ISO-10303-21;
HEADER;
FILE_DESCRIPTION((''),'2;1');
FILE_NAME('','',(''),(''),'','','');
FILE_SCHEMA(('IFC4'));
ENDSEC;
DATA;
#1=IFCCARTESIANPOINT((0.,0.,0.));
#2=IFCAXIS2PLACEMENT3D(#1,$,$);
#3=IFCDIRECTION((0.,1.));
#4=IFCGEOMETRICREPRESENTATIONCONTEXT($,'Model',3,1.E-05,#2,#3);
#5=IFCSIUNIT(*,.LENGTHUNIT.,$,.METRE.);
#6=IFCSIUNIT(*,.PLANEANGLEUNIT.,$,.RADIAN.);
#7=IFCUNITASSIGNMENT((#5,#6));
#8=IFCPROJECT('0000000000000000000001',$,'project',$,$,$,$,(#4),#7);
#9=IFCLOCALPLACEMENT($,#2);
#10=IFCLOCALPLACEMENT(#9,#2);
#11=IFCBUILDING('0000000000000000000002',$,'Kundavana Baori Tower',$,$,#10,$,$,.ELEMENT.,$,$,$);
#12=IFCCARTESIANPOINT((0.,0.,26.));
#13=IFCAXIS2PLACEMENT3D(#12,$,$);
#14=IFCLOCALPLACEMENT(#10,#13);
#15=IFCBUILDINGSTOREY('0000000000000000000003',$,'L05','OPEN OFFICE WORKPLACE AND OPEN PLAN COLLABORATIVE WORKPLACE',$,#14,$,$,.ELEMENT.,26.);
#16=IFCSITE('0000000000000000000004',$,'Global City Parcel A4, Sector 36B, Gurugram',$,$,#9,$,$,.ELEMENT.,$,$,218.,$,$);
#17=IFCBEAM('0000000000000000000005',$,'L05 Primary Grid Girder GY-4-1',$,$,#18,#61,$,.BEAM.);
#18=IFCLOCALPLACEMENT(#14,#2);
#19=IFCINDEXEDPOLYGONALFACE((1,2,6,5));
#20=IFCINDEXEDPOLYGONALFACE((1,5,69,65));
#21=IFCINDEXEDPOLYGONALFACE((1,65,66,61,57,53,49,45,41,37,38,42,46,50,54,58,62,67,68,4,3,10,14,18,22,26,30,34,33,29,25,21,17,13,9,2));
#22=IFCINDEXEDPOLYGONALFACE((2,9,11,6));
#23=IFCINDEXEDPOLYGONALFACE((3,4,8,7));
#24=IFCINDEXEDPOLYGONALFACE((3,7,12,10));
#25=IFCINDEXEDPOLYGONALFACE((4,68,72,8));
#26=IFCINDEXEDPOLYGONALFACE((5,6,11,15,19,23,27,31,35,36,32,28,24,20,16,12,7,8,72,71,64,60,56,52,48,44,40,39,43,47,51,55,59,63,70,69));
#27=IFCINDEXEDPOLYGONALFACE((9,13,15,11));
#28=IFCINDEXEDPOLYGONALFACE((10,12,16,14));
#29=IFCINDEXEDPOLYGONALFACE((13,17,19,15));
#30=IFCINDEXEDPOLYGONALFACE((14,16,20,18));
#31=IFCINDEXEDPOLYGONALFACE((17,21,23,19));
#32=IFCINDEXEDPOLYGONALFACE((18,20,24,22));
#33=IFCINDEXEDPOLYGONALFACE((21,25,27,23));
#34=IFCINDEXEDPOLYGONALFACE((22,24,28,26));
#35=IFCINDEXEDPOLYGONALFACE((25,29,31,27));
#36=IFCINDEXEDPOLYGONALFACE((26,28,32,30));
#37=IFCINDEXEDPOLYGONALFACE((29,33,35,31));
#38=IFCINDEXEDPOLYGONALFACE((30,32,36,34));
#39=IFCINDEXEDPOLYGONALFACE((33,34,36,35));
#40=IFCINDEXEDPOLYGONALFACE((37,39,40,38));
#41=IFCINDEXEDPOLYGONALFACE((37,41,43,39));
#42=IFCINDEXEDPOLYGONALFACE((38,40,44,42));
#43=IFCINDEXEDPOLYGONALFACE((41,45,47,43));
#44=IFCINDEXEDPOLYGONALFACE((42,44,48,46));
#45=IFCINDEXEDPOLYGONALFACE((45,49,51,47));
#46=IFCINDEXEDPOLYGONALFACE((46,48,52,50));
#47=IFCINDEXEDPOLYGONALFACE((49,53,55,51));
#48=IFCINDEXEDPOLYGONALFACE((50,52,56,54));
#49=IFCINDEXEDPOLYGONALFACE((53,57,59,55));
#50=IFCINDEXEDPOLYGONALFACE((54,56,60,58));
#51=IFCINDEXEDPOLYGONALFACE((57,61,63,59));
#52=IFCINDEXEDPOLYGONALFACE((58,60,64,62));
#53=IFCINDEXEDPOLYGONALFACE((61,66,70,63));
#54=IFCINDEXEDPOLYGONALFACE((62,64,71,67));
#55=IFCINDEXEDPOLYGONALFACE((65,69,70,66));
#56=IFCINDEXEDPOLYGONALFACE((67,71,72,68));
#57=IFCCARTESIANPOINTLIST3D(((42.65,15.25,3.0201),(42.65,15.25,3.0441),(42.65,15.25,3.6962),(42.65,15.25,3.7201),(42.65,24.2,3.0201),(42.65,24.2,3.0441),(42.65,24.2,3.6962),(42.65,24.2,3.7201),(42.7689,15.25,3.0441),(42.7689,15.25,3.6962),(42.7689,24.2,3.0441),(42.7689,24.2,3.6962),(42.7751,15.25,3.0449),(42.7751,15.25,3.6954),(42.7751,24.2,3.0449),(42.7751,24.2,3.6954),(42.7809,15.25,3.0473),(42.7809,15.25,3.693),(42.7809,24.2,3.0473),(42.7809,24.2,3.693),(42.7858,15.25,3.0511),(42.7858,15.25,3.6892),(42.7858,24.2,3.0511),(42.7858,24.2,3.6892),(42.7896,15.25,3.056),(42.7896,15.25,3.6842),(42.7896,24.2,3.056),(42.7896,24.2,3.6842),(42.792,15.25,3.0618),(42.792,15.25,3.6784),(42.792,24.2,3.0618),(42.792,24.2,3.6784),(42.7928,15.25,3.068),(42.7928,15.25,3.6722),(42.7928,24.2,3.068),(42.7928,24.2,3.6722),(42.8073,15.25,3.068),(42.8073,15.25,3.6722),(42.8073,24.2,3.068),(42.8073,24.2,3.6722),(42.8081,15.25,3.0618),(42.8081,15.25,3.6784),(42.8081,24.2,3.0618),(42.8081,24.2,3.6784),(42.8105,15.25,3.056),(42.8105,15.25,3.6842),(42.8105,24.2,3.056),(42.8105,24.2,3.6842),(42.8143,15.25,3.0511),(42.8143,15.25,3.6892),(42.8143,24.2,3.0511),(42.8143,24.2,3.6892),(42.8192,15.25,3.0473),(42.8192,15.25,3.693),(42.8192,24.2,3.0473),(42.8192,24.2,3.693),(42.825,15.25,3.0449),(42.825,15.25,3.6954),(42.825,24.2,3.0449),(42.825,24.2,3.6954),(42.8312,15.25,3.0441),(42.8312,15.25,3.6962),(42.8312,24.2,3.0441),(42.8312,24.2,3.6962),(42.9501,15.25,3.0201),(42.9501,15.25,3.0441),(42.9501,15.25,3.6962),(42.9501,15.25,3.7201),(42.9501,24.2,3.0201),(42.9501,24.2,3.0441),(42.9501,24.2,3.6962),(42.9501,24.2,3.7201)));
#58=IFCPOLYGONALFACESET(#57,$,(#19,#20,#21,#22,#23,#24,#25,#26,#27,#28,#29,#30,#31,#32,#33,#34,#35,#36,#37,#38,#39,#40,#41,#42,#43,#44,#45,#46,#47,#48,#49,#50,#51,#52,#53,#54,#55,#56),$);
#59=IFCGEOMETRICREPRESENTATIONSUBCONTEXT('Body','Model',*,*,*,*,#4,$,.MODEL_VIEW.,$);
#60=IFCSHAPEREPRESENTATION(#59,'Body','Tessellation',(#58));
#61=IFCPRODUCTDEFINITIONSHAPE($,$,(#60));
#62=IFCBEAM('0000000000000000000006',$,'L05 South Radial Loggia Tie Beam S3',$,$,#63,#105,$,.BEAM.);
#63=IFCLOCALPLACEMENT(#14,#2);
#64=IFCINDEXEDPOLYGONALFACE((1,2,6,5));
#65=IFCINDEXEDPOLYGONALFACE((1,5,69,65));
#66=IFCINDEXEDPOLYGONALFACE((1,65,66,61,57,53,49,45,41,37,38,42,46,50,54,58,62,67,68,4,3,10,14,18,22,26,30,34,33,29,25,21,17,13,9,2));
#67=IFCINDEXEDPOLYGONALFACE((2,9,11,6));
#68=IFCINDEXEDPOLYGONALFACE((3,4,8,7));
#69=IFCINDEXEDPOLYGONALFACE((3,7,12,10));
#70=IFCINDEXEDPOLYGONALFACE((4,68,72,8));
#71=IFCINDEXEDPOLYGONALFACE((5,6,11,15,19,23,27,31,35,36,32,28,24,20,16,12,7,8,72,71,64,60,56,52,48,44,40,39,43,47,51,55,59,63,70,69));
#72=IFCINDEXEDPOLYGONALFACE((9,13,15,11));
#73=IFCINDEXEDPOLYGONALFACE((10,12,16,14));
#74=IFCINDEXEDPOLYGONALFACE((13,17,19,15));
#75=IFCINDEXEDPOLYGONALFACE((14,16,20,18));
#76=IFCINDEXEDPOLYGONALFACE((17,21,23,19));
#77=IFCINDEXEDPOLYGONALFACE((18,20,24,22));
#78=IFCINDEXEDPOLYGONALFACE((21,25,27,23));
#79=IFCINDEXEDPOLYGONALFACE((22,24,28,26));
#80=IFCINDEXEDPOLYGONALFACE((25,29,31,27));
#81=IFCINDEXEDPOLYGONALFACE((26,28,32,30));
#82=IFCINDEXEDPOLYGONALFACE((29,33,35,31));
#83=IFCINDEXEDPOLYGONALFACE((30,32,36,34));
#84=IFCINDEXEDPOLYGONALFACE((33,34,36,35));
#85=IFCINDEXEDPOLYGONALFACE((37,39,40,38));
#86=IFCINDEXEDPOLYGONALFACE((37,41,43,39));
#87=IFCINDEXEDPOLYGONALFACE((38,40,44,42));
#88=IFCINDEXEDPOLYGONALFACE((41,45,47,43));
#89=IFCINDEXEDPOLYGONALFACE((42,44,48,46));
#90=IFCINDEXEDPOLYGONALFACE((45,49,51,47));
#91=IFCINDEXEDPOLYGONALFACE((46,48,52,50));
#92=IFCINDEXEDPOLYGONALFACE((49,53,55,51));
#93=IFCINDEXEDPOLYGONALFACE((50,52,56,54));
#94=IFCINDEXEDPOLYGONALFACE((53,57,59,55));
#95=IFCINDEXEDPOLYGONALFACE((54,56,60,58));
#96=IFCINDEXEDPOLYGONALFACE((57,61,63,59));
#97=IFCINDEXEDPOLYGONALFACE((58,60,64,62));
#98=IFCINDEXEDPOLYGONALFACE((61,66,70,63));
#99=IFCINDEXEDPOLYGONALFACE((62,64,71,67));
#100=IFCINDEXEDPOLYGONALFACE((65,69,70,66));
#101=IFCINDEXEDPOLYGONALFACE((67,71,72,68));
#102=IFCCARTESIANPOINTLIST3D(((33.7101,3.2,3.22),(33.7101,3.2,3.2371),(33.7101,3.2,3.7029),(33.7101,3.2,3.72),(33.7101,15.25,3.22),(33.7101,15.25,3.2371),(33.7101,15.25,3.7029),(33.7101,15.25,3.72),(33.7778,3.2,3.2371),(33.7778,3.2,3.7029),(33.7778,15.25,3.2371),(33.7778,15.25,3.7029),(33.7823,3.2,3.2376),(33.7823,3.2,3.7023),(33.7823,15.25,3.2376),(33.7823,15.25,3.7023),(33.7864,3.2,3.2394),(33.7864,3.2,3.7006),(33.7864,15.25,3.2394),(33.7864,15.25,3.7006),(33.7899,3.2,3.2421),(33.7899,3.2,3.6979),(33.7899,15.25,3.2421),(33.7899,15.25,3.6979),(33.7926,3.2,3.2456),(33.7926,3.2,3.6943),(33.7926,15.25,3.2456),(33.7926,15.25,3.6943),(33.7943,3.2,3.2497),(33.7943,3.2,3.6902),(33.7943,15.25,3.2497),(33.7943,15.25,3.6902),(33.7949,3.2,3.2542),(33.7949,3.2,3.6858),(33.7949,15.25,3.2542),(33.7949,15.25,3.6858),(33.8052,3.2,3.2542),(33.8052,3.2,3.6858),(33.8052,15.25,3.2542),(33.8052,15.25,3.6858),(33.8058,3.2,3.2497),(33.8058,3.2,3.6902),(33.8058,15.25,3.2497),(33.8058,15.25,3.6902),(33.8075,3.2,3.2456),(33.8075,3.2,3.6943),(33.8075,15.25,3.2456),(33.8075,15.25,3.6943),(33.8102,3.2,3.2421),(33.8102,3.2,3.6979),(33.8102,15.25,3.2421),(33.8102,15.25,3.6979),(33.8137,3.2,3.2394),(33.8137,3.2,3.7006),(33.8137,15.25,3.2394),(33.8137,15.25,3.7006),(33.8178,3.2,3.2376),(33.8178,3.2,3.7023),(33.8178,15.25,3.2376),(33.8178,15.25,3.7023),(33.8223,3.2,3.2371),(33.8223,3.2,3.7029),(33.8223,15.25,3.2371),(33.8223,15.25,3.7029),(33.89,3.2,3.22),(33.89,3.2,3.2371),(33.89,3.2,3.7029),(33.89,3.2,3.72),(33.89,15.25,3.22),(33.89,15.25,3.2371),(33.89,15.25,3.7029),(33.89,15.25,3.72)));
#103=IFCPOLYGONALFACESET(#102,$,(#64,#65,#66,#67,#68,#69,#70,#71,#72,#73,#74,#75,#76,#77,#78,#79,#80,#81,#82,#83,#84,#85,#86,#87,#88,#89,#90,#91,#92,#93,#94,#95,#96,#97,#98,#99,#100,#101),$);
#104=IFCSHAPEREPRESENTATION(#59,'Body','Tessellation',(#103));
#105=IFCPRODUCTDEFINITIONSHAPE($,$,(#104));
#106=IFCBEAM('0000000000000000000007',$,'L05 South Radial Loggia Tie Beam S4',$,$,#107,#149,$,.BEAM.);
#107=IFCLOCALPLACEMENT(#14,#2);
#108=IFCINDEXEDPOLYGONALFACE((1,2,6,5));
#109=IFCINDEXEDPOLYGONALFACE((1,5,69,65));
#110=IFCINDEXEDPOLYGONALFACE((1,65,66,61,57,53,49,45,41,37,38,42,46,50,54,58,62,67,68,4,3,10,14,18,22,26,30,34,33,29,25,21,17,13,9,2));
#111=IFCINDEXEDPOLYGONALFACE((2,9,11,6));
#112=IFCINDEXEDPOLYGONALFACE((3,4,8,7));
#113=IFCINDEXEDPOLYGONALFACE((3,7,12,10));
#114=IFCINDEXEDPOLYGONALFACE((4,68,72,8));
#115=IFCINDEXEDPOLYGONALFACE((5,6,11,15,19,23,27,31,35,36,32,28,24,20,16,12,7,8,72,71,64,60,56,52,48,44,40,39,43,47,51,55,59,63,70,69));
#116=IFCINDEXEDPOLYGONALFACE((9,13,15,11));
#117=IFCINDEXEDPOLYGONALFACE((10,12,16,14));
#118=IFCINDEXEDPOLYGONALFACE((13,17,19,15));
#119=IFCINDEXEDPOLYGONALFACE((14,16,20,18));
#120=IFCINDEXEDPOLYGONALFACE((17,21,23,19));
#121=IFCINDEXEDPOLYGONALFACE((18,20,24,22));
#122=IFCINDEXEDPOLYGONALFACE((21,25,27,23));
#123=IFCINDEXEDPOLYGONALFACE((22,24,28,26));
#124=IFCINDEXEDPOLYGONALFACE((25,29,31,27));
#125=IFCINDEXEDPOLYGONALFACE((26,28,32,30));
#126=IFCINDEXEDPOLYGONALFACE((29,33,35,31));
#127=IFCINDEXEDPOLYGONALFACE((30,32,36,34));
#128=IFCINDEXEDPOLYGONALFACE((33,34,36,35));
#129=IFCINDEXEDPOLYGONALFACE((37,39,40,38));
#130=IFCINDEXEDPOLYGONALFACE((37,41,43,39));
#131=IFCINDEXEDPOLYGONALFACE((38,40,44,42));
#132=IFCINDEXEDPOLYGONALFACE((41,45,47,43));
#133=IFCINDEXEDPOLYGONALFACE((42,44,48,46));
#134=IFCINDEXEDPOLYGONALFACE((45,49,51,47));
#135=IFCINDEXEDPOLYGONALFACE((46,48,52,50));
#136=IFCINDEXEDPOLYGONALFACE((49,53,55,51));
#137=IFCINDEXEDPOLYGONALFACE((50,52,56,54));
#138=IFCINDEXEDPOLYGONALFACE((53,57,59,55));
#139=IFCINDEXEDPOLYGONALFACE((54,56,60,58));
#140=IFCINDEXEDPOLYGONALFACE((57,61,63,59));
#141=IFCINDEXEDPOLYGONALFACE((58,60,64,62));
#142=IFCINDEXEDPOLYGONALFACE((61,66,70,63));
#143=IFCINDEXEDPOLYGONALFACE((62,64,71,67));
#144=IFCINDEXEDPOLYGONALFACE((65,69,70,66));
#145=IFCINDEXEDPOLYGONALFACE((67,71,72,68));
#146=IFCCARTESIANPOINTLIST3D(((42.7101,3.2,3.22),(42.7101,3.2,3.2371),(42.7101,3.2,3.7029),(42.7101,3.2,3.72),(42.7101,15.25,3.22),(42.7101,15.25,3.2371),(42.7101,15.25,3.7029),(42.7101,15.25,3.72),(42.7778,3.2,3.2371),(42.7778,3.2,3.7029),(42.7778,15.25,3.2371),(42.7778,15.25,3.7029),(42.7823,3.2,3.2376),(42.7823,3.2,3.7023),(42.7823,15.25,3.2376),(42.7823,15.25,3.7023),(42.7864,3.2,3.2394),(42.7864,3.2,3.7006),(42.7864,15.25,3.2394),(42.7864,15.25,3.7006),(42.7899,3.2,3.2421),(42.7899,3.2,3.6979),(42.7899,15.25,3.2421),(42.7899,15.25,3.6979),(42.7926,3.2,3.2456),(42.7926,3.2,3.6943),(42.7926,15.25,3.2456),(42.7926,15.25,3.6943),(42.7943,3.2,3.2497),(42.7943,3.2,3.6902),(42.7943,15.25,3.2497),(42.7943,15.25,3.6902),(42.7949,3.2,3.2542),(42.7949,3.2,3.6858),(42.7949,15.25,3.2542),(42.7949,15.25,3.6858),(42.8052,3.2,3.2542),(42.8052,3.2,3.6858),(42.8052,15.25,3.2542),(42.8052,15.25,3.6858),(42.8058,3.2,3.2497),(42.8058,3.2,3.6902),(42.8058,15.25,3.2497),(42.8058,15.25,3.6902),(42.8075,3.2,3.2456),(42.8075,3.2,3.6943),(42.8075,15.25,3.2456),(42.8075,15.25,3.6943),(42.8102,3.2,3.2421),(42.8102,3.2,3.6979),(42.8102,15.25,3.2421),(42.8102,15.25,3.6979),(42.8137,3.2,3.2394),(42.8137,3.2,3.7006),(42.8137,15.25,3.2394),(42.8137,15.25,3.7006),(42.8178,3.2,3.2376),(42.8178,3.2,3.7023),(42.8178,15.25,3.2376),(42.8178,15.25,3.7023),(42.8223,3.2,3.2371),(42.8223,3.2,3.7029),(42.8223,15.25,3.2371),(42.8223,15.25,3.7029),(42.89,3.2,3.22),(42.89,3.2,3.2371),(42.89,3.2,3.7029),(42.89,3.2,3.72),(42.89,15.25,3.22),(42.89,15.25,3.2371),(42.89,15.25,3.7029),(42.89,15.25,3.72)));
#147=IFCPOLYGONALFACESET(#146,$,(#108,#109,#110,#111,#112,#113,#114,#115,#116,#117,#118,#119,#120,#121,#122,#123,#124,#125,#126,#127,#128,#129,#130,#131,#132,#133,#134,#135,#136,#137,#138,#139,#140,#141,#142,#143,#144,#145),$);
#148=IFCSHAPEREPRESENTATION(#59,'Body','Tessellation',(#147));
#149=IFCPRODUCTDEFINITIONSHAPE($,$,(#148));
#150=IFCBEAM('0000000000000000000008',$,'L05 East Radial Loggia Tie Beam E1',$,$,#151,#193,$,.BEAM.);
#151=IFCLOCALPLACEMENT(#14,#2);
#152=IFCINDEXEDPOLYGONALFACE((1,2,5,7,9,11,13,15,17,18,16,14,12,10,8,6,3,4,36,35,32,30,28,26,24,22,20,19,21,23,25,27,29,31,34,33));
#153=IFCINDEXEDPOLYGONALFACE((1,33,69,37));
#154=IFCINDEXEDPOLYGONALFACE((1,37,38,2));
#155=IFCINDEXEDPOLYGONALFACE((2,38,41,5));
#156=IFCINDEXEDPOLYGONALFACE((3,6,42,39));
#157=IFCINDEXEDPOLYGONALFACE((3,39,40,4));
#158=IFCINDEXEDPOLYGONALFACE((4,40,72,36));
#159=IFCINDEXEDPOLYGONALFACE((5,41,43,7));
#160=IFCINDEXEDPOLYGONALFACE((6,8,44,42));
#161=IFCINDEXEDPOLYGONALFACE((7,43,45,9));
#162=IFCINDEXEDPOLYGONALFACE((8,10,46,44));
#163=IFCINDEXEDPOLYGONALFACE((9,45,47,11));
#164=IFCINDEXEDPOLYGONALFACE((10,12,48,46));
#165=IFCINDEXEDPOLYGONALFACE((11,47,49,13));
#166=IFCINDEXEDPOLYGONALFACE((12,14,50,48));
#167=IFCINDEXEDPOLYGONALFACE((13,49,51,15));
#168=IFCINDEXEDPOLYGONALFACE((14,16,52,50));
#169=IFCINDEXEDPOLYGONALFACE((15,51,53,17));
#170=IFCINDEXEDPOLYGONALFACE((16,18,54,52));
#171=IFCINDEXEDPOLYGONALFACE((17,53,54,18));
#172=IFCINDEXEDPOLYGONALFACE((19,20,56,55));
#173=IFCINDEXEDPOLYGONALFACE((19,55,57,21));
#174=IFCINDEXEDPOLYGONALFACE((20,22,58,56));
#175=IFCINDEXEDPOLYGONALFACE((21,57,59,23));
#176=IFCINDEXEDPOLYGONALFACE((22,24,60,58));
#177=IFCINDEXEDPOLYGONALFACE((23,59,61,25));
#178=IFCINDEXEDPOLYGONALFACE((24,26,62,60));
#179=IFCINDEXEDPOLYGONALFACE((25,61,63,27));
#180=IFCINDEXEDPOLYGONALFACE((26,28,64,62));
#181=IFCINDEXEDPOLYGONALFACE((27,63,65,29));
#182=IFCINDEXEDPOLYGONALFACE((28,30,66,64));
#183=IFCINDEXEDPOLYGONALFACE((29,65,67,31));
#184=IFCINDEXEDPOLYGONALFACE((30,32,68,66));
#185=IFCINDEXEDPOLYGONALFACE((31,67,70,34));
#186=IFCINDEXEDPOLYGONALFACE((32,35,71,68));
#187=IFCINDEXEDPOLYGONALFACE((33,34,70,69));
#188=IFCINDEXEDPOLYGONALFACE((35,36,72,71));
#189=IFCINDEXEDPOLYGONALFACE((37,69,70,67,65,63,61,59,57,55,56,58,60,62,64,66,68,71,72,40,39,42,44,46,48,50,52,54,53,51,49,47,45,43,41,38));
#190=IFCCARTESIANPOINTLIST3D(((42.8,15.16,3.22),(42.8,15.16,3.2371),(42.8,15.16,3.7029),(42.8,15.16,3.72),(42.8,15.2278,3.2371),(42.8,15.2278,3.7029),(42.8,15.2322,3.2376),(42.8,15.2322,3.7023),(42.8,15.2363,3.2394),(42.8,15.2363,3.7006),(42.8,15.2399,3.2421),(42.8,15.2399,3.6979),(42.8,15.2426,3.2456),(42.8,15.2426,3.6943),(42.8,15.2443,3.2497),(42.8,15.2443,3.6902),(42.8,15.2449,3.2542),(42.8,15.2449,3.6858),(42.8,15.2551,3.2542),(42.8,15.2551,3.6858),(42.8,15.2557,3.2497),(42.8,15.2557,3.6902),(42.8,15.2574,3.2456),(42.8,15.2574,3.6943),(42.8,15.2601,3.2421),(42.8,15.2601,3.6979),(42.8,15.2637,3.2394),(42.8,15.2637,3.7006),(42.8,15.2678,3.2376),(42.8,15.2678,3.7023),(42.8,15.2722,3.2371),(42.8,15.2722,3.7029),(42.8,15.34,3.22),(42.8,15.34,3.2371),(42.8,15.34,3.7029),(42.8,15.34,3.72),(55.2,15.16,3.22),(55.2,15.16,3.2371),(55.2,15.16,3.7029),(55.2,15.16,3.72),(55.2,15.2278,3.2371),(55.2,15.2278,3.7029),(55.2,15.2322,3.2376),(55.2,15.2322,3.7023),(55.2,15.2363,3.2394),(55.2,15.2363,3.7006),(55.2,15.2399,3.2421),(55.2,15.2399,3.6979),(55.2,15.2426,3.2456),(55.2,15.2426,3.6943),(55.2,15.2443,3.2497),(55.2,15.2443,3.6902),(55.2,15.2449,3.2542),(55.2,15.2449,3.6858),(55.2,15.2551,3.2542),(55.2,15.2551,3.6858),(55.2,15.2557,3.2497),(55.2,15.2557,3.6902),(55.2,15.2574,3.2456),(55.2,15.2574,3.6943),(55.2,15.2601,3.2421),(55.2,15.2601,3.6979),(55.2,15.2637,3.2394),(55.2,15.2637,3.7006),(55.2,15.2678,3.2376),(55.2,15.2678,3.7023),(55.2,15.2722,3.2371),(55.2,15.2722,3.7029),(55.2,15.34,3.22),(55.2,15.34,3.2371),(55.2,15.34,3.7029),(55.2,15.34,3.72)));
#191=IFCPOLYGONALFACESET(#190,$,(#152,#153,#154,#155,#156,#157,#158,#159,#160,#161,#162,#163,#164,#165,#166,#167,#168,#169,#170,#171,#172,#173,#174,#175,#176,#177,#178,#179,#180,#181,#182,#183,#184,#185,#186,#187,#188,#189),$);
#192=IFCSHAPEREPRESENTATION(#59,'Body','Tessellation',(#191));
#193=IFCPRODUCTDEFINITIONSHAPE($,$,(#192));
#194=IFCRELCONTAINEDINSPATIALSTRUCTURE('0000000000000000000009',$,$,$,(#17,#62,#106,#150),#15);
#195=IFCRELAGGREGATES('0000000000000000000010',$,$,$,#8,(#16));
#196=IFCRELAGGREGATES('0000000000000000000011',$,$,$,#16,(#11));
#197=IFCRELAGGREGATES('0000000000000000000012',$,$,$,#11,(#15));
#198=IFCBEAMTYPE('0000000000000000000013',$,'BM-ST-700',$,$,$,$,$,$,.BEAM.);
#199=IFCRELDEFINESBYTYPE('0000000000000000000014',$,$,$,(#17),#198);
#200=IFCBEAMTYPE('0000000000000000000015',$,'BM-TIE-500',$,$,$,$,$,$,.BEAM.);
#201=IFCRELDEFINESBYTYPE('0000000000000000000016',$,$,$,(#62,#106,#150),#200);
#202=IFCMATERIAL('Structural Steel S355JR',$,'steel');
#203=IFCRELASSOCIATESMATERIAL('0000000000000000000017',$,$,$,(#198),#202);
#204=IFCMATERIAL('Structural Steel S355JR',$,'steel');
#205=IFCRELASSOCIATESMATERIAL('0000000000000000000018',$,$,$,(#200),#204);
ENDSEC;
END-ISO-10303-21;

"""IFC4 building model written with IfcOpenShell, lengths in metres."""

from ifc_helpers import new_model, si_unit, direction, frame, origin, origin_2d, place, context, subcontext, project, spatial, i_section, extrude, material, material_profile, profile_set, type_object, element, save


model = new_model("IFC4")

# Units and contexts
model_context = context("Model", 3, precision=1e-05, world=origin(), true_north=direction((0.0, 1.0)))
body_context = subcontext(model_context, "Body", "Model", "MODEL_VIEW")
ifc_project = project(units=[si_unit("LENGTHUNIT", "METRE"), si_unit("PLANEANGLEUNIT", "RADIAN")], contexts=[model_context])

# Site, building, storey
site_placement = place(None, origin())
site = spatial("IfcSite", under=ifc_project, at=site_placement, Name="Global City Parcel A4, Sector 36B, Gurugram", CompositionType="ELEMENT", RefElevation=218.0)
building_placement = place(site_placement, origin())
building = spatial("IfcBuilding", under=site, at=building_placement, Name="Kundavana Baori Tower", CompositionType="ELEMENT")
storey_placement = place(building_placement, frame((0.0, 0.0, 26.0)))
storey = spatial("IfcBuildingStorey", under=building, at=storey_placement, Name="L05", Description="OPEN OFFICE WORKPLACE AND OPEN PLAN COLLABORATIVE WORKPLACE", CompositionType="ELEMENT", Elevation=26.0)

# Beams
ifc_material_1 = material(Name="Structural Steel S355JR", Category="steel")
ifc_material_profile_1 = material_profile(ifc_material_1, i_section(OverallWidth=0.3, OverallDepth=0.7, WebThickness=0.0144, FlangeThickness=0.0239, FilletRadius=0.0239, at=origin_2d()), Name="NPB 700x300x170")
ifc_profile_set_1 = profile_set([ifc_material_profile_1], Name="Structural Steel S355JR")
beam_type_1 = type_object("IfcBeamType", Name="BM-ST-700", PredefinedType="BEAM", material=ifc_profile_set_1)
for number, where, z_axis, x_axis, name in (
    (1, (42.8, 15.25, 3.3701), (0.0, 1.0, 0.0), (-1.0, 0.0, 0.0), "L05 Primary Grid Girder GY-4-1"),
):
    element("IfcBeam", number, at=place(storey_placement, frame(where, z_axis=z_axis, x_axis=x_axis)), inside=storey, type_object=beam_type_1, Name=name, PredefinedType="BEAM", context=body_context, shape_type="SweptSolid", body=[
        extrude(i_section(OverallWidth=0.3, OverallDepth=0.7, WebThickness=0.0144, FlangeThickness=0.0239, FilletRadius=0.0239, at=origin_2d()), origin(), (0.0, 0.0, 1.0), 8.95),
    ])
ifc_material_2 = material(Name="Structural Steel S355JR", Category="steel")
ifc_material_profile_2 = material_profile(ifc_material_2, i_section(OverallWidth=0.1799, OverallDepth=0.5, WebThickness=0.0103, FlangeThickness=0.0171, FilletRadius=0.0171, at=origin_2d()), Name="ISMB 500")
ifc_profile_set_2 = profile_set([ifc_material_profile_2], Name="Structural Steel S355JR")
beam_type_2 = type_object("IfcBeamType", Name="BM-TIE-500", PredefinedType="BEAM", material=ifc_profile_set_2)
for number, where, z_axis, x_axis, name in (
    (2, (33.8, 15.25, 3.47), (0.0, -1.0, 0.0), (1.0, 0.0, 0.0), "L05 South Radial Loggia Tie Beam S3"),
    (3, (42.8, 15.25, 3.47), (0.0, -1.0, 0.0), (1.0, 0.0, 0.0), "L05 South Radial Loggia Tie Beam S4"),
):
    element("IfcBeam", number, at=place(storey_placement, frame(where, z_axis=z_axis, x_axis=x_axis)), inside=storey, type_object=beam_type_2, Name=name, PredefinedType="BEAM", context=body_context, shape_type="SweptSolid", body=[
        extrude(i_section(OverallWidth=0.1799, OverallDepth=0.5, WebThickness=0.0103, FlangeThickness=0.0171, FilletRadius=0.0171, at=origin_2d()), origin(), (0.0, 0.0, 1.0), 12.05),
    ])
beam_1_placement = place(storey_placement, frame((42.8, 15.25, 3.47), z_axis=(1.0, 0.0, 0.0), x_axis=(0.0, 1.0, 0.0)))
element("IfcBeam", 4, at=beam_1_placement, inside=storey, type_object=beam_type_2, Name="L05 East Radial Loggia Tie Beam E1", PredefinedType="BEAM", context=body_context, shape_type="SweptSolid", body=[
    extrude(i_section(OverallWidth=0.1799, OverallDepth=0.5, WebThickness=0.0103, FlangeThickness=0.0171, FilletRadius=0.0171, at=origin_2d()), origin(), (0.0, 0.0, 1.0), 12.3999),
])

save(model, "model.ifc")
